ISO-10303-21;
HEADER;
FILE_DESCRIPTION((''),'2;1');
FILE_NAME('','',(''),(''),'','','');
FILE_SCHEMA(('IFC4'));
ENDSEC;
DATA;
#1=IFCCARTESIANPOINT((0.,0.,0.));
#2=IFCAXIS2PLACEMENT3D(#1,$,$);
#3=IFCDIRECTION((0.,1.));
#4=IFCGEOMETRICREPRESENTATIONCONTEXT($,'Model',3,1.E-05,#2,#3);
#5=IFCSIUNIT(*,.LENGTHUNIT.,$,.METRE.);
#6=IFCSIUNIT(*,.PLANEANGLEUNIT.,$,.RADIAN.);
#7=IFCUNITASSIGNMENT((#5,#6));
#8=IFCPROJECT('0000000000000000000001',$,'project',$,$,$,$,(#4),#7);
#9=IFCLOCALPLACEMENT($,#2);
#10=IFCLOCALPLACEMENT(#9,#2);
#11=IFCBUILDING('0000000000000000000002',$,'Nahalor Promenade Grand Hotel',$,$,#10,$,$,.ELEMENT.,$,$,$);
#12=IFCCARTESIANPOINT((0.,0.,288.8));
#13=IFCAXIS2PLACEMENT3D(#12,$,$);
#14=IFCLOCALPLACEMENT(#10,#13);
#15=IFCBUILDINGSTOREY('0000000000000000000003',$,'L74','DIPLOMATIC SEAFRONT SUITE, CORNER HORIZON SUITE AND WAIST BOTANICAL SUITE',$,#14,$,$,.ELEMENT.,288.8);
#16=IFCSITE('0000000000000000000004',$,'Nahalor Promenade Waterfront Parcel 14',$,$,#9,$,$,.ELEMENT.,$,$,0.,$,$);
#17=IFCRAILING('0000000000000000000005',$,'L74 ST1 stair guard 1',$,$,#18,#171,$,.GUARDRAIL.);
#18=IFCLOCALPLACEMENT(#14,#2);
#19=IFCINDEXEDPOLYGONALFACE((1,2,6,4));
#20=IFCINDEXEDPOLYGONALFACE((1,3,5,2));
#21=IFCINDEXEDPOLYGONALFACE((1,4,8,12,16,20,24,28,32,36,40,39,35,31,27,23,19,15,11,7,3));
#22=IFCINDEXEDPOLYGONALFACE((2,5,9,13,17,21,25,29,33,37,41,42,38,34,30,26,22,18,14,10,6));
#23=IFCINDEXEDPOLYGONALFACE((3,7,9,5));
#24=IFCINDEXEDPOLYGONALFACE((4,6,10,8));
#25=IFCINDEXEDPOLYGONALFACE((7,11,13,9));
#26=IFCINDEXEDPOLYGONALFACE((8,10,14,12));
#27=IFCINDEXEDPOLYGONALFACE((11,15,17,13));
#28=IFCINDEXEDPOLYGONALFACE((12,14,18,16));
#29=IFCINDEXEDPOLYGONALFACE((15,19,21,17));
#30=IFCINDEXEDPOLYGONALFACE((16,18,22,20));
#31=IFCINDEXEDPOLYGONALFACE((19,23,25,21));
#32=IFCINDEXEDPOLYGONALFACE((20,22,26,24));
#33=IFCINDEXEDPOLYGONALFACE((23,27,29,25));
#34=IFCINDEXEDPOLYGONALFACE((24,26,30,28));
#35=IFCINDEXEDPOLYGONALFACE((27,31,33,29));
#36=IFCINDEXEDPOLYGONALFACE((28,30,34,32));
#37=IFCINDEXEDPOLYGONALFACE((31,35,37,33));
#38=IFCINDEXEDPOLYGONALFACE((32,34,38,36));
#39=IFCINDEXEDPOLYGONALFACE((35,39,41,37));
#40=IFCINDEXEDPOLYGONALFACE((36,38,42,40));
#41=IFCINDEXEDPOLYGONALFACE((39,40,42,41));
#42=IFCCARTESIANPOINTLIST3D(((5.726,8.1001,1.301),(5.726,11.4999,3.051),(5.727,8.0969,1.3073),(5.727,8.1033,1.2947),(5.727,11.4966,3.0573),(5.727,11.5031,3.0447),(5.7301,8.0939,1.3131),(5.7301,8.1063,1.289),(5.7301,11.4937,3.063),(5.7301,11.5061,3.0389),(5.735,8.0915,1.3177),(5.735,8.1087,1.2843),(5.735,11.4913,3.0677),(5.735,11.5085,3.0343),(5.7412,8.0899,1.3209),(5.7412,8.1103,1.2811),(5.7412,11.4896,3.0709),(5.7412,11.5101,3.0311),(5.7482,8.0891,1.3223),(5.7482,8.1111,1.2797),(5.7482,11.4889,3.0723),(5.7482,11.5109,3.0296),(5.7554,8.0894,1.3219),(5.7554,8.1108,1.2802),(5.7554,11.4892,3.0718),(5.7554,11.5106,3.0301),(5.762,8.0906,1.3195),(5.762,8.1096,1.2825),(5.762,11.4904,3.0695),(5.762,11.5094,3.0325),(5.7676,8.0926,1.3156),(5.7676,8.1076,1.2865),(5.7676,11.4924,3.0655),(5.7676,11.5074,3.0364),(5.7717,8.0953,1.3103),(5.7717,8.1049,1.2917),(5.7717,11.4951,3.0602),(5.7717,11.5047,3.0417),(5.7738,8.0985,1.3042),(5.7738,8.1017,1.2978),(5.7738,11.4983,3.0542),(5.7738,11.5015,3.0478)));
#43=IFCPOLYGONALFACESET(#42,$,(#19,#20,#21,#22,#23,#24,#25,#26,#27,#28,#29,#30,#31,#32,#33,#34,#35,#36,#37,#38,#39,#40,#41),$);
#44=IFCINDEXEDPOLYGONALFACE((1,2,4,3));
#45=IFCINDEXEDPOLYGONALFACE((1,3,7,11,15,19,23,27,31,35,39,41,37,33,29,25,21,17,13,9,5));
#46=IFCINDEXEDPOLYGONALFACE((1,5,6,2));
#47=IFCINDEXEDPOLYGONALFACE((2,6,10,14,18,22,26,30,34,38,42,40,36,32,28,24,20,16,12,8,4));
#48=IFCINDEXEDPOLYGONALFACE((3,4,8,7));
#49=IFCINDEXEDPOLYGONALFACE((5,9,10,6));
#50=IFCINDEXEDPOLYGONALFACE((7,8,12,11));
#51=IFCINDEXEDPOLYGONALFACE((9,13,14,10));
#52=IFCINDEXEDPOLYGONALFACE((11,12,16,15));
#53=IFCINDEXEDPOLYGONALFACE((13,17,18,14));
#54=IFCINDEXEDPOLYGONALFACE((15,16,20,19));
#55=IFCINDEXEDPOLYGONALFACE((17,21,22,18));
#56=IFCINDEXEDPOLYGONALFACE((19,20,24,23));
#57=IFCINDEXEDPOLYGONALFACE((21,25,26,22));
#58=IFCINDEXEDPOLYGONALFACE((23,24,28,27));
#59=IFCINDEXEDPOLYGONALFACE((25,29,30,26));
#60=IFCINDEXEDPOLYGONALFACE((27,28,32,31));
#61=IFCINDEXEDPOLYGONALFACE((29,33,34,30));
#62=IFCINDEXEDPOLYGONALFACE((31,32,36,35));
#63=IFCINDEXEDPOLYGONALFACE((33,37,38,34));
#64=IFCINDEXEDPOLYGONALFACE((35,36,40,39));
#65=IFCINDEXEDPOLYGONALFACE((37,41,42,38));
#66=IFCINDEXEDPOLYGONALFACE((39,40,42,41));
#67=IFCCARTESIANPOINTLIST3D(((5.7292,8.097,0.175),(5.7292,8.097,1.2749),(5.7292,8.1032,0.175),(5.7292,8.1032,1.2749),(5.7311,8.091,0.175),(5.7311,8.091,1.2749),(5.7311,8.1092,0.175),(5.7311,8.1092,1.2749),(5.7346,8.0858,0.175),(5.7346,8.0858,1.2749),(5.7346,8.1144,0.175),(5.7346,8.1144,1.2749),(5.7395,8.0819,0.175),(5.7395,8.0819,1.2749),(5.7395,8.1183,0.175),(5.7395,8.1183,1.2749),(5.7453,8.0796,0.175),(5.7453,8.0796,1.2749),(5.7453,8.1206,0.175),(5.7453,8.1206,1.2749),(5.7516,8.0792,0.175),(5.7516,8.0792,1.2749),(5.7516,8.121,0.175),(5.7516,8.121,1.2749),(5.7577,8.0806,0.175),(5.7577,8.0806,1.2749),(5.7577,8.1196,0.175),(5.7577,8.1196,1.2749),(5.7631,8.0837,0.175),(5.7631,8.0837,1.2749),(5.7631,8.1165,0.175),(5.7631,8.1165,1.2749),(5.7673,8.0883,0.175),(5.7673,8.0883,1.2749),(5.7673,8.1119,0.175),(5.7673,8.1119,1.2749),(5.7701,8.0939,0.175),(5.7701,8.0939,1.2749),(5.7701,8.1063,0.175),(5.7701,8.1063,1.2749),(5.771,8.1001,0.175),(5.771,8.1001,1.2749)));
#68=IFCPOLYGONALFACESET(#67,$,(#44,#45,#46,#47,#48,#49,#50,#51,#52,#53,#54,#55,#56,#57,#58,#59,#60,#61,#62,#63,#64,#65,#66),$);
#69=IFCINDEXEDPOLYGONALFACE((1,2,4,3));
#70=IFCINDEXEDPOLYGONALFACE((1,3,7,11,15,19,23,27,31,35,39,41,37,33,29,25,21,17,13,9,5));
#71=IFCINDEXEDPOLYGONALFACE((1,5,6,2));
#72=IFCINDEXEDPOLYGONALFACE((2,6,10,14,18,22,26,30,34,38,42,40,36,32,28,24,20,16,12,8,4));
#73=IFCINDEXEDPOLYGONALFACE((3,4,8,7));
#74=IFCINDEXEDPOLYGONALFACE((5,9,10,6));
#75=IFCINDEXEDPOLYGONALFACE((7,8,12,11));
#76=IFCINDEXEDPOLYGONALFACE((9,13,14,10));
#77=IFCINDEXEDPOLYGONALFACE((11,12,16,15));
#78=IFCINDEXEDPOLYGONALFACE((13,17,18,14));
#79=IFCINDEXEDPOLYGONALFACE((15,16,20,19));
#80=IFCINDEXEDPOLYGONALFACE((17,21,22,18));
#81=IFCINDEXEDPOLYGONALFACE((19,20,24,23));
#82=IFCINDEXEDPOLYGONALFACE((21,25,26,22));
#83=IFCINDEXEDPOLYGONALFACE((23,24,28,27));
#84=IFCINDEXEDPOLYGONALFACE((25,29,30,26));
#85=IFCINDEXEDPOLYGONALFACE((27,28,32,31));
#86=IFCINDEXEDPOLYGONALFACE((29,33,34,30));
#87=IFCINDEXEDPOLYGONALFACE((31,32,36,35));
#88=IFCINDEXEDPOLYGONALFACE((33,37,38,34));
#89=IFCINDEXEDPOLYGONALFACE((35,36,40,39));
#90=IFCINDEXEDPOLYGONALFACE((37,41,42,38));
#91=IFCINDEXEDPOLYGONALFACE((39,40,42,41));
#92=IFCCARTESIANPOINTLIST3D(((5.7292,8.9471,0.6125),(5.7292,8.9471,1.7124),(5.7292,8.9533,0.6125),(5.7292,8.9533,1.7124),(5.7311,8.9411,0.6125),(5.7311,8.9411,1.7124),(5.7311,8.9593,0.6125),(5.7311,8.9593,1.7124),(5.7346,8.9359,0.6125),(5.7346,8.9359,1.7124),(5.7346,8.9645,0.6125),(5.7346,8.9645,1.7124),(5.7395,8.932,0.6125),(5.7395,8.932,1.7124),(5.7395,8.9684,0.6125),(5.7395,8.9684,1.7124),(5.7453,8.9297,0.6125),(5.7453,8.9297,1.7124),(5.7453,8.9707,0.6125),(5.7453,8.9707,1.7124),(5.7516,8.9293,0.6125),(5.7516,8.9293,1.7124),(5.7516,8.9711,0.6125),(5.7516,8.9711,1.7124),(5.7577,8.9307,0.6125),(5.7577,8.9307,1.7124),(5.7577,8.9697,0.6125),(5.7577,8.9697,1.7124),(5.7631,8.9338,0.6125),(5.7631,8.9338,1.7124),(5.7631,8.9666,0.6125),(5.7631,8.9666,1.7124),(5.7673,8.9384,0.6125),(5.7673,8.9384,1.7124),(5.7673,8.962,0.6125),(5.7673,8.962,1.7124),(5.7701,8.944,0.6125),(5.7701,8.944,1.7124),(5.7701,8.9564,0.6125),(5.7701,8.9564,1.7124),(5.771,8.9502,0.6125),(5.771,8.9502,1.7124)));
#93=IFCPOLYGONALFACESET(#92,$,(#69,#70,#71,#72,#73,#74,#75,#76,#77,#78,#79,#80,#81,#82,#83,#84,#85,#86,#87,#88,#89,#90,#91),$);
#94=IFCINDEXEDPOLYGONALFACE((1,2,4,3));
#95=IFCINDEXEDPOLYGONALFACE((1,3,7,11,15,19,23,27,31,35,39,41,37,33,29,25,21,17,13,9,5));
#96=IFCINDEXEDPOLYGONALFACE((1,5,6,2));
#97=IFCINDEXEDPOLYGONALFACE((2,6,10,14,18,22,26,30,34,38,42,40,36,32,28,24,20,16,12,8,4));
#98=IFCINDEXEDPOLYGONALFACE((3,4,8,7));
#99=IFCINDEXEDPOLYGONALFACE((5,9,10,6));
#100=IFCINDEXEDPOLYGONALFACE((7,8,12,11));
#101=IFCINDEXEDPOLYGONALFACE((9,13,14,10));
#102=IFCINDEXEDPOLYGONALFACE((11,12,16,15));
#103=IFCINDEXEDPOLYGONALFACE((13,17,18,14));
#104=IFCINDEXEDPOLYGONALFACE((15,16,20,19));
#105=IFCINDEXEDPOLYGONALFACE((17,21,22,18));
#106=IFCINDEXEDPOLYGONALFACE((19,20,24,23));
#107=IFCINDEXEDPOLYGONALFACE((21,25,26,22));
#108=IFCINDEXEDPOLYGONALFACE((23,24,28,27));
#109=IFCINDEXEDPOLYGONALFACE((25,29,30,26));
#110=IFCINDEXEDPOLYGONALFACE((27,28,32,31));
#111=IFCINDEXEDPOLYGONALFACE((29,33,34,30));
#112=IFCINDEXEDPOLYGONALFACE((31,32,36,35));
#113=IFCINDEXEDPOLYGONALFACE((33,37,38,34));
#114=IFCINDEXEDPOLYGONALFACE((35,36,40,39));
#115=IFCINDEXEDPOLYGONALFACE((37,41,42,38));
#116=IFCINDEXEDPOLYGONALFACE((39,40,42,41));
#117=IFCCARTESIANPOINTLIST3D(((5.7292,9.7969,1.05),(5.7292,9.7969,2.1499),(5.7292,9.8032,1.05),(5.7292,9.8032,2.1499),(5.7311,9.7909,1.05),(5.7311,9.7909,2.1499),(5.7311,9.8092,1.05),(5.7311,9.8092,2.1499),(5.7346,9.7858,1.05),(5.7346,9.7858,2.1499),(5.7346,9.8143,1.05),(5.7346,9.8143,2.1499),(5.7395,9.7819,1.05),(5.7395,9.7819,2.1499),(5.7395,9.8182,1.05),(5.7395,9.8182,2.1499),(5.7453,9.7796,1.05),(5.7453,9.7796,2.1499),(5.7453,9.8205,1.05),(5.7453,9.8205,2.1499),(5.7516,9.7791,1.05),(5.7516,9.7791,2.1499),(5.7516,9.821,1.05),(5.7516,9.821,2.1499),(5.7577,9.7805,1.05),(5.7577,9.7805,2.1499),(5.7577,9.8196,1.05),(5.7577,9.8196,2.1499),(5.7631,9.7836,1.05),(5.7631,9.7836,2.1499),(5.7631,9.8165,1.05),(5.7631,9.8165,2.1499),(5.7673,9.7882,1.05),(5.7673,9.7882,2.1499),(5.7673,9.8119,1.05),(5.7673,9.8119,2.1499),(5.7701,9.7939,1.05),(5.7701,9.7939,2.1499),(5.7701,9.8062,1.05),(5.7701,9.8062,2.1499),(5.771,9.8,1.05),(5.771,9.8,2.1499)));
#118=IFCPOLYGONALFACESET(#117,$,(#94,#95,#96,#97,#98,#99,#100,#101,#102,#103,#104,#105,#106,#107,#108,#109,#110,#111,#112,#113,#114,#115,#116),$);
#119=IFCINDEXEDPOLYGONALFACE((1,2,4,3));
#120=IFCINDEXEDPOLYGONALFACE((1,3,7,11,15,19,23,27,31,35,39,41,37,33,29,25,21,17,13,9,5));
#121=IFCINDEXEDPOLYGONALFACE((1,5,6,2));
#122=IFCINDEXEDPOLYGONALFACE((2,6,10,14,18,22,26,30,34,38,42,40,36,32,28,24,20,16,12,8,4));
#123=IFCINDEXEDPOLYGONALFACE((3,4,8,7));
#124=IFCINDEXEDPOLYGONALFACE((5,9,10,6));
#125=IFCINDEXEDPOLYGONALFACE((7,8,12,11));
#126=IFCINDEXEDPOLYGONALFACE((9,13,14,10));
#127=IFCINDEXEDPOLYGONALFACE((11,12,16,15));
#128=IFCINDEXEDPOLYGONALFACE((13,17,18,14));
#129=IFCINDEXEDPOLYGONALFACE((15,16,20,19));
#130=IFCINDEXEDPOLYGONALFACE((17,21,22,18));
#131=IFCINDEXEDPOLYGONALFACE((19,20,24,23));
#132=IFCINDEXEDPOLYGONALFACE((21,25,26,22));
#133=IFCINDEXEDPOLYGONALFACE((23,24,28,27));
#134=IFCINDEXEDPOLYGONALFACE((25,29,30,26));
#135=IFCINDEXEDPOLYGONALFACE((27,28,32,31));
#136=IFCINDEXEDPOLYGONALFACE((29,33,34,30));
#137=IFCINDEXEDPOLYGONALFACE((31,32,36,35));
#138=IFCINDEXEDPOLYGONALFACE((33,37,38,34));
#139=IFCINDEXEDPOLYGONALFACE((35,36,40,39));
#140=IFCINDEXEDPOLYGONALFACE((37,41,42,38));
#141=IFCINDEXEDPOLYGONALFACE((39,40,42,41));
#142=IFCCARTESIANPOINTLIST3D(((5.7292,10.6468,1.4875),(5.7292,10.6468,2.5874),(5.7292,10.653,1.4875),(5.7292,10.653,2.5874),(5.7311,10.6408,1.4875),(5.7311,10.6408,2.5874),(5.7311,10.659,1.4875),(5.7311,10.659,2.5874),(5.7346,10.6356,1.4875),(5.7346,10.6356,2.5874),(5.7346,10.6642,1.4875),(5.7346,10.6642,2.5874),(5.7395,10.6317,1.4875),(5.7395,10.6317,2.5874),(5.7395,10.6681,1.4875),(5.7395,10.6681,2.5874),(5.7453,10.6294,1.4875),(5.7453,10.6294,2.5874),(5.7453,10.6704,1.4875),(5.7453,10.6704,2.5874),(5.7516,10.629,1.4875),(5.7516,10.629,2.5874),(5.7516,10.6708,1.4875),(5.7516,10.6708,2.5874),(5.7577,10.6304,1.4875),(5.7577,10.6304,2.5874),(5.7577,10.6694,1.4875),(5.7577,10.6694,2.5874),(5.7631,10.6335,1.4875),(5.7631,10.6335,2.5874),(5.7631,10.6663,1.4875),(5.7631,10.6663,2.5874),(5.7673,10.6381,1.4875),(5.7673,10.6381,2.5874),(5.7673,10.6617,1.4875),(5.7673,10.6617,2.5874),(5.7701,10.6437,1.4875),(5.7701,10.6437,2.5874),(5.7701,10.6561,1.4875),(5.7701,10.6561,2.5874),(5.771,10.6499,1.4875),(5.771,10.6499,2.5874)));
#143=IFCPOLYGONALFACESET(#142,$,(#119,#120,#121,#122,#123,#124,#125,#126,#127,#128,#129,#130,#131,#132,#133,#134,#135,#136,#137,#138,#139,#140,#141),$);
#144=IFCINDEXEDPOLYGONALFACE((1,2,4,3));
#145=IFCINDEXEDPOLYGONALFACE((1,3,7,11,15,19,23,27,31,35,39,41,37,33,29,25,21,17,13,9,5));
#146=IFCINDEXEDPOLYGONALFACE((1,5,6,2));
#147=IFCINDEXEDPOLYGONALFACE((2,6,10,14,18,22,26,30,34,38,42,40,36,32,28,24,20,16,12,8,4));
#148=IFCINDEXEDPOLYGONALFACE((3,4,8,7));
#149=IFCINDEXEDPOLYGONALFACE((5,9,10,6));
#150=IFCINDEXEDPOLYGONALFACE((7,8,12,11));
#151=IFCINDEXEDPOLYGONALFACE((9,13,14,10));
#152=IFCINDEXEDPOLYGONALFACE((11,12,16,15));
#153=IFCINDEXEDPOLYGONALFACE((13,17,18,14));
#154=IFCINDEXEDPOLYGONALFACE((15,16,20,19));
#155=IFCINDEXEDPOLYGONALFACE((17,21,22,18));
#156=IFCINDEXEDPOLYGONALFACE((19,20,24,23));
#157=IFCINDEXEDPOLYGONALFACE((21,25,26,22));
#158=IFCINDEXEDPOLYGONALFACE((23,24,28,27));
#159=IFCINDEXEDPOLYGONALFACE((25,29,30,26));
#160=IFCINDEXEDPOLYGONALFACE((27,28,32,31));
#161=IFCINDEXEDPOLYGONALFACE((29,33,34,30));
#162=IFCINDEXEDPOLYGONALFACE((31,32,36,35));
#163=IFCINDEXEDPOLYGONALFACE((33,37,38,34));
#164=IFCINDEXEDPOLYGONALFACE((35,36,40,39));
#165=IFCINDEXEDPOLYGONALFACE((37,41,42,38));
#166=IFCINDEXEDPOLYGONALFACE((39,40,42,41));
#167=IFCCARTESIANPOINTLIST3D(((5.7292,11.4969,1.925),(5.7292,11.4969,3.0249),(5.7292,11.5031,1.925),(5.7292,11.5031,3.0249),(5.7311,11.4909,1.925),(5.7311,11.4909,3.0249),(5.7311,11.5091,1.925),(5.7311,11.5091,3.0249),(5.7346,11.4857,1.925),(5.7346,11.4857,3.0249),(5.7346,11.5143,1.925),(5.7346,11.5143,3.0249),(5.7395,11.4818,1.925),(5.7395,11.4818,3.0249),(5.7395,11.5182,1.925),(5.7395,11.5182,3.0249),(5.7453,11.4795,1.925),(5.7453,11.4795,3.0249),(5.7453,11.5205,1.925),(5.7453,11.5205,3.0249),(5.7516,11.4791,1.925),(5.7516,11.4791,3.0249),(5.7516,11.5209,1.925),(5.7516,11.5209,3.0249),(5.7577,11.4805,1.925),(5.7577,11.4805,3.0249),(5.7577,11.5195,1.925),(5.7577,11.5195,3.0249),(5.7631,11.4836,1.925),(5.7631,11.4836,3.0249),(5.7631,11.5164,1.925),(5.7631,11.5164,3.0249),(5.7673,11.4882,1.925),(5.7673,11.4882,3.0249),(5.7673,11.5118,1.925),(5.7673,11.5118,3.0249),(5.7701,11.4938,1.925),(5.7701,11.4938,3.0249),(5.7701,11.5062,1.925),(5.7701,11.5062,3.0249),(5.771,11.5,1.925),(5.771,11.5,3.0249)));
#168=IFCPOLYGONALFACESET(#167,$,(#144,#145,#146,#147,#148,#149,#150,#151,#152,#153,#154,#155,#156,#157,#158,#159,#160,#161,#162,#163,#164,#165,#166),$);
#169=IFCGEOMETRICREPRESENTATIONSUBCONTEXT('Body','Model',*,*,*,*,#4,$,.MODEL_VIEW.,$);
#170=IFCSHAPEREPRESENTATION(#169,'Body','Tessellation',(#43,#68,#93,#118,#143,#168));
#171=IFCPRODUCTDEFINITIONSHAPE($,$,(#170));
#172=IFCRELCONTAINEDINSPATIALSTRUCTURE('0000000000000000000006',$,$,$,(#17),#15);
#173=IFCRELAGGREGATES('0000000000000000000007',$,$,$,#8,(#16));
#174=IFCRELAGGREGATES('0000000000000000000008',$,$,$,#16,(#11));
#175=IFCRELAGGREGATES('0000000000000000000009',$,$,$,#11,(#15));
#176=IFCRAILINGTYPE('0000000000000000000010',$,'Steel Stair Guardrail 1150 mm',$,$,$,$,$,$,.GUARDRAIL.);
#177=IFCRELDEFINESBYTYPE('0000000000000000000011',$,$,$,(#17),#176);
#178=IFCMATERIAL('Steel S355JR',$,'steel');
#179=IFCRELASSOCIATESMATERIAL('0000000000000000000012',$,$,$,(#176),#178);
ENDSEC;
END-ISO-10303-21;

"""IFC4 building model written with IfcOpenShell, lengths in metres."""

from ifc_helpers import new_model, si_unit, direction, frame, origin, origin_2d, place, context, subcontext, project, spatial, circle, extrude, material, type_object, element, save


model = new_model("IFC4")

# Units and contexts
model_context = context("Model", 3, precision=1e-05, world=origin(), true_north=direction((0.0, 1.0)))
body_context = subcontext(model_context, "Body", "Model", "MODEL_VIEW")
ifc_project = project(units=[si_unit("LENGTHUNIT", "METRE"), si_unit("PLANEANGLEUNIT", "RADIAN")], contexts=[model_context])

# Site, building, storey
site_placement = place(None, origin())
site = spatial("IfcSite", under=ifc_project, at=site_placement, Name="Nahalor Promenade Waterfront Parcel 14", CompositionType="ELEMENT", RefElevation=0.0)
building_placement = place(site_placement, origin())
building = spatial("IfcBuilding", under=site, at=building_placement, Name="Nahalor Promenade Grand Hotel", CompositionType="ELEMENT")
storey_placement = place(building_placement, frame((0.0, 0.0, 288.8)))
storey = spatial("IfcBuildingStorey", under=building, at=storey_placement, Name="L74", Description="DIPLOMATIC SEAFRONT SUITE, CORNER HORIZON SUITE AND WAIST BOTANICAL SUITE", CompositionType="ELEMENT", Elevation=288.8)

# Shared definitions
ifc_material_1 = material(Name="Steel S355JR", Category="steel")

# Railing
railing_type_1 = type_object("IfcRailingType", Name="Steel Stair Guardrail 1150 mm", PredefinedType="GUARDRAIL", material=ifc_material_1)
railing_1_placement = place(storey_placement, frame((5.75, 8.1001, 0.175)))
element("IfcRailing", 1, at=railing_1_placement, inside=storey, type_object=railing_type_1, Name="L74 ST1 stair guard 1", PredefinedType="GUARDRAIL", context=body_context, shape_type="SweptSolid", body=[
    extrude(circle(Radius=0.024, at=origin_2d()), frame((0.0, 0.0, 1.126), z_axis=(0.0, 0.88913, 0.457654), x_axis=(-1.0, 0.0, 0.0)), (0.0, 0.0, 1.0), 3.8237),
    extrude(circle(Radius=0.021, at=origin_2d()), origin(), (0.0, 0.0, 1.0), 1.0999),
    extrude(circle(Radius=0.021, at=origin_2d()), frame((0.0, 0.8501, 0.4375)), (0.0, 0.0, 1.0), 1.0999),
    extrude(circle(Radius=0.021, at=origin_2d()), frame((0.0, 1.7, 0.875)), (0.0, 0.0, 1.0), 1.0999),
    extrude(circle(Radius=0.021, at=origin_2d()), frame((0.0, 2.5498, 1.3125)), (0.0, 0.0, 1.0), 1.0999),
    extrude(circle(Radius=0.021, at=origin_2d()), frame((0.0, 3.3999, 1.75)), (0.0, 0.0, 1.0), 1.0999),
])

save(model, "model.ifc")
